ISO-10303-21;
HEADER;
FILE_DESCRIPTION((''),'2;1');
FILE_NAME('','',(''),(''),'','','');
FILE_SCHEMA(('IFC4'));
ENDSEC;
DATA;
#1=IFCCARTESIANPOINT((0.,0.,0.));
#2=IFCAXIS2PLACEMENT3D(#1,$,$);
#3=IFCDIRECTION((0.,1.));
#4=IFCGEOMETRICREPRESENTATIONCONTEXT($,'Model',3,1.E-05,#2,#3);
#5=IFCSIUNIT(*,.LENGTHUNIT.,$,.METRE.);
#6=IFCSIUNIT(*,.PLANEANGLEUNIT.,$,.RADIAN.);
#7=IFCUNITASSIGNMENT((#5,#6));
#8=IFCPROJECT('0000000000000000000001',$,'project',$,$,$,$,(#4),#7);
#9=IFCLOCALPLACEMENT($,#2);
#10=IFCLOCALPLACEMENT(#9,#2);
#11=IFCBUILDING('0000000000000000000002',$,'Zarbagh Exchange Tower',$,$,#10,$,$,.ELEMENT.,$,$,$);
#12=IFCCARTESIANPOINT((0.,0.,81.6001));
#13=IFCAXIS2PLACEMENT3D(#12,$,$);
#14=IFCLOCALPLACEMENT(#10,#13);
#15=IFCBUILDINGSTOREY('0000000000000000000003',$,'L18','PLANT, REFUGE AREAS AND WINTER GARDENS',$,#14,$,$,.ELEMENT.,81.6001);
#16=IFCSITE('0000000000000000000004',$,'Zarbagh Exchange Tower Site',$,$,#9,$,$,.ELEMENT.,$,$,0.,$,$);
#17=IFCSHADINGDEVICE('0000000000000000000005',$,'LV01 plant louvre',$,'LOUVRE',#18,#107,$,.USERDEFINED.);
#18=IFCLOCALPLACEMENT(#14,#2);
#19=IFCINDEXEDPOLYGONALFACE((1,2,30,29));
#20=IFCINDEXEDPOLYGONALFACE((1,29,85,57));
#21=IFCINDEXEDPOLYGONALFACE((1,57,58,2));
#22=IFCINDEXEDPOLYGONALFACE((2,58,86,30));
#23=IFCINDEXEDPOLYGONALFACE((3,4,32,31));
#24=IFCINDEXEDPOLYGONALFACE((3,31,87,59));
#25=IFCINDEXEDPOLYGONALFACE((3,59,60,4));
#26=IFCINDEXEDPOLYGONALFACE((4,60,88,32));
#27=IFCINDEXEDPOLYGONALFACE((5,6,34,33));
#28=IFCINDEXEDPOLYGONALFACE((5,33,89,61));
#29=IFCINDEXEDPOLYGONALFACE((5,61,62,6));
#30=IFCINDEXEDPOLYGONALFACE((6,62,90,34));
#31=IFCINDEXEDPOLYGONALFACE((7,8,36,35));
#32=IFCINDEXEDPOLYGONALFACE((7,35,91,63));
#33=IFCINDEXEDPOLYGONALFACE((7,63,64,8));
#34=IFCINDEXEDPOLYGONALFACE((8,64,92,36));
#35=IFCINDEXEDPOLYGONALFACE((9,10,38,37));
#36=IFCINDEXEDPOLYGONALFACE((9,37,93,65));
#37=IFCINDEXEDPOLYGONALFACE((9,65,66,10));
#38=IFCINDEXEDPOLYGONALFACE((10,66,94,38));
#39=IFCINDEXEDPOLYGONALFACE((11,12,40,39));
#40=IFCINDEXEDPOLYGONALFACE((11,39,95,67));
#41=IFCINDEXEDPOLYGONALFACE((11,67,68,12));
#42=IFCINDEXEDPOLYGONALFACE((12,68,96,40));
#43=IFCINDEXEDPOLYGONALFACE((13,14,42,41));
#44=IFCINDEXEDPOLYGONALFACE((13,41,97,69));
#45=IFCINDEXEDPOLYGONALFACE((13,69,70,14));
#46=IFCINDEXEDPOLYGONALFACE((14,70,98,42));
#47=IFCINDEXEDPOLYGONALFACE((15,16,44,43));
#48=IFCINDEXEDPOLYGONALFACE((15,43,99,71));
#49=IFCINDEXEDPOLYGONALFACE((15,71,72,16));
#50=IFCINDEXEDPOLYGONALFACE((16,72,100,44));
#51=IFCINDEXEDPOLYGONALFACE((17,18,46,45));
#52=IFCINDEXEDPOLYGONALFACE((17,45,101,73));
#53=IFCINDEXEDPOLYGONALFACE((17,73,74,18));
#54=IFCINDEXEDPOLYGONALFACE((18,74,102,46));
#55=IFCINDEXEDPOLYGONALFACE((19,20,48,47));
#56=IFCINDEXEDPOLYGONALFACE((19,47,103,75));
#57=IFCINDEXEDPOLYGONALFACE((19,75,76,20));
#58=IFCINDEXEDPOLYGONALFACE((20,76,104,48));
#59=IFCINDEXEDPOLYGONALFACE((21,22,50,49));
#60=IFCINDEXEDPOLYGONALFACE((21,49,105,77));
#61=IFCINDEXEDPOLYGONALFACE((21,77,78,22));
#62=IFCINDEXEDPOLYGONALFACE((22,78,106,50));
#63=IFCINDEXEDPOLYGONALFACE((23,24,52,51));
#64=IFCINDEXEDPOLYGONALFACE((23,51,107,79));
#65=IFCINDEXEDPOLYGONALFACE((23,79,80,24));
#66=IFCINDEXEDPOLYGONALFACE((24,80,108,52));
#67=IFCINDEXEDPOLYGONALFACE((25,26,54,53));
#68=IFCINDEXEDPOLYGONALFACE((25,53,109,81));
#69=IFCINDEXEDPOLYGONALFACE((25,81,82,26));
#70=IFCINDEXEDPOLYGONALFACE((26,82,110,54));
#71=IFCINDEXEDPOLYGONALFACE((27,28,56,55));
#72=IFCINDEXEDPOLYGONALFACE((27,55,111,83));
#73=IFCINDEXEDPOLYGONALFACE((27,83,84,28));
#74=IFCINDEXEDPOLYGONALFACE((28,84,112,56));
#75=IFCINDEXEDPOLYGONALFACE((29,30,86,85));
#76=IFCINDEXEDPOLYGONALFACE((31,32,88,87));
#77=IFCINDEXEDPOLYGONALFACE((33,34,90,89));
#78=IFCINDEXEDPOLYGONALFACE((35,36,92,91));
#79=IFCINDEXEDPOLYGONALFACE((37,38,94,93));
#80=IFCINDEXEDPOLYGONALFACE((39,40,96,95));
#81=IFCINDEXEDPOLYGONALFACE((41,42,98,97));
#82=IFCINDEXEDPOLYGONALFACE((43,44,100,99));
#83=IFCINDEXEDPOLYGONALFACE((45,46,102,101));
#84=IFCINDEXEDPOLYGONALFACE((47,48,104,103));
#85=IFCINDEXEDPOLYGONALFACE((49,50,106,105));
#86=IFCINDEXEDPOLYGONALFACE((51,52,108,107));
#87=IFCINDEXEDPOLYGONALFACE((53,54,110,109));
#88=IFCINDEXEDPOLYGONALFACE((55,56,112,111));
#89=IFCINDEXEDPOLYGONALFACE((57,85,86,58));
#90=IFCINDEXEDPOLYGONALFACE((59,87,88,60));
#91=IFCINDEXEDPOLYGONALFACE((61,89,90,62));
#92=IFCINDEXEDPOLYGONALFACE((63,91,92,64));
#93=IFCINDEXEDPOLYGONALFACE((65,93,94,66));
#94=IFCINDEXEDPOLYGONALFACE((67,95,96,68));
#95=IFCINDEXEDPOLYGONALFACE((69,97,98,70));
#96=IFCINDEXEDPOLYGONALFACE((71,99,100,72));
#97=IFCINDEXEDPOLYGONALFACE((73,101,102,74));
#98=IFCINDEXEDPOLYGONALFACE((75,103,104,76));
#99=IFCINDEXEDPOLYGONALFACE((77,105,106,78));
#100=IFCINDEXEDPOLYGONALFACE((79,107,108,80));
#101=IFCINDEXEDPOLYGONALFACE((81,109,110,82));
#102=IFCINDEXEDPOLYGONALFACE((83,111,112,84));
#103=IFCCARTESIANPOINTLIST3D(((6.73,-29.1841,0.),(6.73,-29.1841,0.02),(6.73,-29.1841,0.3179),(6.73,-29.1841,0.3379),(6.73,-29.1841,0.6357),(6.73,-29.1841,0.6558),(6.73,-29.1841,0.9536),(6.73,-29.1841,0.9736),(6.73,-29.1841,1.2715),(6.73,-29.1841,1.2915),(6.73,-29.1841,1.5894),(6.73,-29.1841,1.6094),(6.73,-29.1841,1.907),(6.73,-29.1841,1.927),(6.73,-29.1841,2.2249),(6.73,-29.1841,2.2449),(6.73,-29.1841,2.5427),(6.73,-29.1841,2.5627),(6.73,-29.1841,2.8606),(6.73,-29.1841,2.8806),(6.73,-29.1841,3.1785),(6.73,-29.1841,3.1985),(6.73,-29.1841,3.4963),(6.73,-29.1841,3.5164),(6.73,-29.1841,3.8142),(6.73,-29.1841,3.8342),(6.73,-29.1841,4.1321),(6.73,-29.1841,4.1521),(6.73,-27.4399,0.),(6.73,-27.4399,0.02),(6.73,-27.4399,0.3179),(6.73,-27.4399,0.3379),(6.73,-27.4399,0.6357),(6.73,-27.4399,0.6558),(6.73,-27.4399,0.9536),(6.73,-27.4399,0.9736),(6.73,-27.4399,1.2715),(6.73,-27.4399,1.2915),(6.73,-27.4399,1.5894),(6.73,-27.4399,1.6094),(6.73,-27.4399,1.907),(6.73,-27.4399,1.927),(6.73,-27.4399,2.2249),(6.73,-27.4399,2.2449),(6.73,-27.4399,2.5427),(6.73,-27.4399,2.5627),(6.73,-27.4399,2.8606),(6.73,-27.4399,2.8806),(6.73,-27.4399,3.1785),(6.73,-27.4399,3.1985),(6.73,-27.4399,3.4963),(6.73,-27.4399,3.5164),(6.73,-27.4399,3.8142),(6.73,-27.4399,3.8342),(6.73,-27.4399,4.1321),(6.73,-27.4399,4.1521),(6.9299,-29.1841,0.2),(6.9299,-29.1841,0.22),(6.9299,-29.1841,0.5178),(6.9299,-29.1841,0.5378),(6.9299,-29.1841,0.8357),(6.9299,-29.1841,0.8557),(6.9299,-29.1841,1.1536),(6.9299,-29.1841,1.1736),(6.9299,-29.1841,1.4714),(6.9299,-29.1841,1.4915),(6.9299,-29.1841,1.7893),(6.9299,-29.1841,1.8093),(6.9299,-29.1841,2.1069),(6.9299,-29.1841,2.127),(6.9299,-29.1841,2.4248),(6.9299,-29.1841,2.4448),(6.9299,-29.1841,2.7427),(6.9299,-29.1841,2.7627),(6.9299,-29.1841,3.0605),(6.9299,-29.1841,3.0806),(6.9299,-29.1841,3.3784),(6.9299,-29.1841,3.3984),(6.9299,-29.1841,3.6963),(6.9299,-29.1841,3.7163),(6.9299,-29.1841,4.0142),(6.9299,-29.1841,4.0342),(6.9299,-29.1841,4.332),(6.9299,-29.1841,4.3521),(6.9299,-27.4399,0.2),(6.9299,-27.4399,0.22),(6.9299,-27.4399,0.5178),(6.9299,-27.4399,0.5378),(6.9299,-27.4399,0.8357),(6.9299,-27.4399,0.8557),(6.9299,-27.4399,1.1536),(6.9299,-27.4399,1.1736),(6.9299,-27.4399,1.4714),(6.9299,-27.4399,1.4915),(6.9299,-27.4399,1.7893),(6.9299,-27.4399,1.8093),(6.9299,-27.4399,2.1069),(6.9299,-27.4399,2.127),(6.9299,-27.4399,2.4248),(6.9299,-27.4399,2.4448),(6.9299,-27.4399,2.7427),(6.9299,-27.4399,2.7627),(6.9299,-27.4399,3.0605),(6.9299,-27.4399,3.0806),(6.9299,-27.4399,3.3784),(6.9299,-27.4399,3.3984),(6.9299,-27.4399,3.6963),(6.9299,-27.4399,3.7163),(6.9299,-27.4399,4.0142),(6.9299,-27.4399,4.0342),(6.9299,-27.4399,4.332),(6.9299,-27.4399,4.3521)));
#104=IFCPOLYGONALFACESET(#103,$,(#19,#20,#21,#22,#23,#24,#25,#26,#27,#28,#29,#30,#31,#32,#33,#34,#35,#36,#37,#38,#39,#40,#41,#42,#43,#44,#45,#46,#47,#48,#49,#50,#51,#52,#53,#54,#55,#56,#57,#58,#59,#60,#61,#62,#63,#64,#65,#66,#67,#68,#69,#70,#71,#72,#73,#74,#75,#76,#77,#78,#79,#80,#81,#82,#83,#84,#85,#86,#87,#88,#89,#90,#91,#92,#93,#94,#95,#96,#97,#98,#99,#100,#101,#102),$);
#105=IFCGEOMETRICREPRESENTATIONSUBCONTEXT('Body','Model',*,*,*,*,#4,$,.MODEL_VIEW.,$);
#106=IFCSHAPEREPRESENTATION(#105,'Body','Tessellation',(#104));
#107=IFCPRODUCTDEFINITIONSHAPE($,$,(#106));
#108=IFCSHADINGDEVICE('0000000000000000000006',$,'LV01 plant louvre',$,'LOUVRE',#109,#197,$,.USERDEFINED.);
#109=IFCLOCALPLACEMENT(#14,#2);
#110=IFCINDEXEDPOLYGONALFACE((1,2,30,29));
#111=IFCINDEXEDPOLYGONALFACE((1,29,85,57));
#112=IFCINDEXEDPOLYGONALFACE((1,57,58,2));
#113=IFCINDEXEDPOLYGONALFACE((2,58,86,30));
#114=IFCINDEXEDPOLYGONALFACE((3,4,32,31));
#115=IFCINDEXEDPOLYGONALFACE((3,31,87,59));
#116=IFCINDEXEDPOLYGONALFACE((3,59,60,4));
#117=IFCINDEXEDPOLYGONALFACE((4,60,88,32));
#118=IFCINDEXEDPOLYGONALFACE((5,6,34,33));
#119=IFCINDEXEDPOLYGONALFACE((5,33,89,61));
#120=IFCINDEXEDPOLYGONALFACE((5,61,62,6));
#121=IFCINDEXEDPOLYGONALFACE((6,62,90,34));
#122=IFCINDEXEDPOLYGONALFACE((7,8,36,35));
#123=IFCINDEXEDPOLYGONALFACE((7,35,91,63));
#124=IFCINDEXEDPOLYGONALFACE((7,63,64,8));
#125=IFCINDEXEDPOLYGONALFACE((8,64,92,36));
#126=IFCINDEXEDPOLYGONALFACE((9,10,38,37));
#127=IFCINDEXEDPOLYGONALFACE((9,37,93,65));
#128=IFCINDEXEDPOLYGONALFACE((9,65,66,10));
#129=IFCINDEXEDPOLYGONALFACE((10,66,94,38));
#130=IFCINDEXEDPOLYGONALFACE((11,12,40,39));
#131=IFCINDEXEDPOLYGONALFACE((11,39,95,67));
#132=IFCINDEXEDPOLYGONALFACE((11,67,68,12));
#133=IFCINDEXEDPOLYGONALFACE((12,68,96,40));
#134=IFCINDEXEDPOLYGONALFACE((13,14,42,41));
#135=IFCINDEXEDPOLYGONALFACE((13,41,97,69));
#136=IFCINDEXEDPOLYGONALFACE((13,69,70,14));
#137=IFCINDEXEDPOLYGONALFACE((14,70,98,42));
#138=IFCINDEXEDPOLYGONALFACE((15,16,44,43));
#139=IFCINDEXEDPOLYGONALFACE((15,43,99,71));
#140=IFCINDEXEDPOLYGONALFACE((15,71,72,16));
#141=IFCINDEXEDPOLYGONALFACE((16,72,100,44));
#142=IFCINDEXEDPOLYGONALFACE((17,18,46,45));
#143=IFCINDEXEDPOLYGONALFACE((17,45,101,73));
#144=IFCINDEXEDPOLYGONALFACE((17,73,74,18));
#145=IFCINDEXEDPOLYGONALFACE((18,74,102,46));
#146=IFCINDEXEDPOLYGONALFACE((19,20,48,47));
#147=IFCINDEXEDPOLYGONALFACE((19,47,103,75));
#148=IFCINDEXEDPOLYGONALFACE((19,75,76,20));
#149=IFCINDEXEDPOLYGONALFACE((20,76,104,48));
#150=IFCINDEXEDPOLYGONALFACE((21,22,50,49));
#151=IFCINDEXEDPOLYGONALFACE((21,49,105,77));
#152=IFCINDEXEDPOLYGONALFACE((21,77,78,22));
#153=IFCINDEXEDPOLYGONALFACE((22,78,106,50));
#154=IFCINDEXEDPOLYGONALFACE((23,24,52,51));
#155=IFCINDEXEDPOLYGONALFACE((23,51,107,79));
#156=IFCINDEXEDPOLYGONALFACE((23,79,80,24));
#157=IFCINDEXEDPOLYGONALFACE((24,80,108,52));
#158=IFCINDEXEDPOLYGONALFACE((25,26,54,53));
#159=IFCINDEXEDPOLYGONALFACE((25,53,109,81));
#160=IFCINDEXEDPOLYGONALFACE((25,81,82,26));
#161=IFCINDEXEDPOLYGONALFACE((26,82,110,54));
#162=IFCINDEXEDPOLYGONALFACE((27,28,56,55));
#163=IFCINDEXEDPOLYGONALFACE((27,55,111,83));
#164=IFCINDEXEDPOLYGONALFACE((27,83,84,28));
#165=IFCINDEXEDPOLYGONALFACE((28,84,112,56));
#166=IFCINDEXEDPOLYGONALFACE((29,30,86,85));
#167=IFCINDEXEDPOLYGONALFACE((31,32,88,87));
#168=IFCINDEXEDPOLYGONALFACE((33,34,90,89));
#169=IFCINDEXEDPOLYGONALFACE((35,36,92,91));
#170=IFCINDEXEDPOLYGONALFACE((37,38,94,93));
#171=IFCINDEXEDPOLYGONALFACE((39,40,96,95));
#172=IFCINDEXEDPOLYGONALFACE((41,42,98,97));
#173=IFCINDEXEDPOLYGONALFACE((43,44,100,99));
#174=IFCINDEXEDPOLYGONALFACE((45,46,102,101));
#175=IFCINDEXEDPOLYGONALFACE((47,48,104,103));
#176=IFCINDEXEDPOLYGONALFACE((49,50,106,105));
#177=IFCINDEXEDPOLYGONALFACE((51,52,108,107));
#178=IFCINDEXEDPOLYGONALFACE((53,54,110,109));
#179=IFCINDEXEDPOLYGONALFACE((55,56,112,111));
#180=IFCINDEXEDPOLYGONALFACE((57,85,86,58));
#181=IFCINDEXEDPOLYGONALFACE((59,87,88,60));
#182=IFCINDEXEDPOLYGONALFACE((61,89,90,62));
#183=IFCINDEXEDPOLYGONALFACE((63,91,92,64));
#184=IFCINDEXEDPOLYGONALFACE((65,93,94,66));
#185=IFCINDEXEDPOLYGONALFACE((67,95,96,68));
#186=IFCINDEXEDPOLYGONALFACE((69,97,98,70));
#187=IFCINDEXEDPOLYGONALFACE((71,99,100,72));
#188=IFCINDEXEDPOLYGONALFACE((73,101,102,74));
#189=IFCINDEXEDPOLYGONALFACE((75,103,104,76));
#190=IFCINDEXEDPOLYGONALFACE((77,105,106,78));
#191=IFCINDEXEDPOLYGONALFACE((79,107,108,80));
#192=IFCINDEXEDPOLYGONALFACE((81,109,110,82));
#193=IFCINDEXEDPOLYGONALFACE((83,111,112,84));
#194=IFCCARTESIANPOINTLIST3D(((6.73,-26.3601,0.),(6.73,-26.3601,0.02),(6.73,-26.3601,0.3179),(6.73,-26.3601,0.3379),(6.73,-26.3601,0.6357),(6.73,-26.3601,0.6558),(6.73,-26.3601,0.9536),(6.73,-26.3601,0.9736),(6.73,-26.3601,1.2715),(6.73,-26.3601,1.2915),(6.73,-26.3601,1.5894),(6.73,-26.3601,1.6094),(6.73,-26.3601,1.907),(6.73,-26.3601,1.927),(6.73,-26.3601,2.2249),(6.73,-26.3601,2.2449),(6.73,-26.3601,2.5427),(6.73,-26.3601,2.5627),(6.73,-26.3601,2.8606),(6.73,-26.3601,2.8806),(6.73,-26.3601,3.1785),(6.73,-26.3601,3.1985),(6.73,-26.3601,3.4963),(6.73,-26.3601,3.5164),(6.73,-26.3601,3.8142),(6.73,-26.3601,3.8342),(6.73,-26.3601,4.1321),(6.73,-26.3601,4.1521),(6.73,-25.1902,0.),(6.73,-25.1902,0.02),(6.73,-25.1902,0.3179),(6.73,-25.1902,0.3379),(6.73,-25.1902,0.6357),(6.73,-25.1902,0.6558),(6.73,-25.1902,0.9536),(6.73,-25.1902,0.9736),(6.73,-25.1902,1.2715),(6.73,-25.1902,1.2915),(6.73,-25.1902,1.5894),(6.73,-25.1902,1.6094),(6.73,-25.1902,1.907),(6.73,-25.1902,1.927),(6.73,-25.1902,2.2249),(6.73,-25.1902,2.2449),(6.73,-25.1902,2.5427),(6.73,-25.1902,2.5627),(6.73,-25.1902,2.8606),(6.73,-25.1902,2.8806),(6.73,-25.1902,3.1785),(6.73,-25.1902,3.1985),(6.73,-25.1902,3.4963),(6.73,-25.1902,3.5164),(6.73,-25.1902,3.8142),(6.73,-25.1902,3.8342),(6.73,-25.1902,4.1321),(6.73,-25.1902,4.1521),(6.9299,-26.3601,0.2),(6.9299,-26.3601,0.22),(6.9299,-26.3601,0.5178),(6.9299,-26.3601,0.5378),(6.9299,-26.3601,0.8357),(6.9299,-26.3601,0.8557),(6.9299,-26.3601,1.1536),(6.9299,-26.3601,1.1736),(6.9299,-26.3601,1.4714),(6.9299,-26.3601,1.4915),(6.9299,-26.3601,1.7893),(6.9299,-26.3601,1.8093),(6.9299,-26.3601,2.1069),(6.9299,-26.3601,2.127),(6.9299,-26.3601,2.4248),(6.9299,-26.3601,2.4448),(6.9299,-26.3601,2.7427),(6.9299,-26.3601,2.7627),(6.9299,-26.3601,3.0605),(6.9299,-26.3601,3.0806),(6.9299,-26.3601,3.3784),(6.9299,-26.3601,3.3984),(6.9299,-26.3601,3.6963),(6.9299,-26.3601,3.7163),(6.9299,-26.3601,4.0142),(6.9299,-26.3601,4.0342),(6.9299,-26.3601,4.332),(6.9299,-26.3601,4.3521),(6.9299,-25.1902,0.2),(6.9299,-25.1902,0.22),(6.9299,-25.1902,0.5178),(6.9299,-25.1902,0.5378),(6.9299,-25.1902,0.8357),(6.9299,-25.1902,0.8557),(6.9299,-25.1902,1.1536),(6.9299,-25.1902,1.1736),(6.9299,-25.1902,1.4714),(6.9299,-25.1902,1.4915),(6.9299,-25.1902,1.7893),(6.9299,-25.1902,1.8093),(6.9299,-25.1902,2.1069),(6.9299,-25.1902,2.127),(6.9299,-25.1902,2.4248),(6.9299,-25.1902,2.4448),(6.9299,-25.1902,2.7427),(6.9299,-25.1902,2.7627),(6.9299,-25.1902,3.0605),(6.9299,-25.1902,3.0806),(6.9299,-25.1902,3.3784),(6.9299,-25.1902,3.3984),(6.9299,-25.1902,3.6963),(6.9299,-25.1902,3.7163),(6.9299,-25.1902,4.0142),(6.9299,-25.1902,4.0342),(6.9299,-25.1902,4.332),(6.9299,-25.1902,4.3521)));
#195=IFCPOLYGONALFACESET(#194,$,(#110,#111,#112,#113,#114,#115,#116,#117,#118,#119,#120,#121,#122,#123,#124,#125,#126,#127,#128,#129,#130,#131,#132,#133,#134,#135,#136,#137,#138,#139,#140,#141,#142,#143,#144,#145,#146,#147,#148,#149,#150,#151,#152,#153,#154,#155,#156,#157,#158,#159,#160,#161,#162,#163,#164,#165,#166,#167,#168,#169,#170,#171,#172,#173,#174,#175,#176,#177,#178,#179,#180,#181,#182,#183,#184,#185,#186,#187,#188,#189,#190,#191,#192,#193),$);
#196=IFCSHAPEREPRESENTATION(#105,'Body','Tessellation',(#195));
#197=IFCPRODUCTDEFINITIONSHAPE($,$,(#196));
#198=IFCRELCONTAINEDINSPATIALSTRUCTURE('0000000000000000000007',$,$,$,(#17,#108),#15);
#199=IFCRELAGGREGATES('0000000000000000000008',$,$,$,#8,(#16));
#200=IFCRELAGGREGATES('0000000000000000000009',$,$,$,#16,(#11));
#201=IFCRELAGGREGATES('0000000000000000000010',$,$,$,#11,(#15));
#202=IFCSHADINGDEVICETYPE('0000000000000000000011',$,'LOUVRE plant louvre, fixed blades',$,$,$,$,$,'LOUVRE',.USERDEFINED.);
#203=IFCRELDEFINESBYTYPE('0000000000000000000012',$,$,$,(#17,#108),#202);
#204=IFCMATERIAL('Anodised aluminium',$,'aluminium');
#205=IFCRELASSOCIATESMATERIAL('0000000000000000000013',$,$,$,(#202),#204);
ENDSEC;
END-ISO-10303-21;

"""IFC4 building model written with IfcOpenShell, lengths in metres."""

from ifc_helpers import new_model, si_unit, direction, frame, origin, place, context, subcontext, project, spatial, polyline, outline, extrude, source, transform, mapped, material, type_object, element, save


model = new_model("IFC4")

# Units and contexts
model_context = context("Model", 3, precision=1e-05, world=origin(), true_north=direction((0.0, 1.0)))
body_context = subcontext(model_context, "Body", "Model", "MODEL_VIEW")
ifc_project = project(units=[si_unit("LENGTHUNIT", "METRE"), si_unit("PLANEANGLEUNIT", "RADIAN")], contexts=[model_context])

# Site, building, storey
site_placement = place(None, origin())
site = spatial("IfcSite", under=ifc_project, at=site_placement, Name="Zarbagh Exchange Tower Site", CompositionType="ELEMENT", RefElevation=0.0)
building_placement = place(site_placement, origin())
building = spatial("IfcBuilding", under=site, at=building_placement, Name="Zarbagh Exchange Tower", CompositionType="ELEMENT")
storey_placement = place(building_placement, frame((0.0, 0.0, 81.6001)))
storey = spatial("IfcBuildingStorey", under=building, at=storey_placement, Name="L18", Description="PLANT, REFUGE AREAS AND WINTER GARDENS", CompositionType="ELEMENT", Elevation=81.6001)

# Shared definitions
placement = place(storey_placement, origin())

# Shading devices
ifc_material_1 = material(Name="Anodised aluminium", Category="aluminium")
shading_device_type = type_object("IfcShadingDeviceType", Name="LOUVRE plant louvre, fixed blades", ElementType="LOUVRE", PredefinedType="USERDEFINED", material=ifc_material_1)
shared_shape_1 = source(origin(), body_context, "Body", "SweptSolid", [
    extrude(outline(polyline([(0.0, 0.2), (0.2, 0.0), (0.2, -0.02), (0.0, 0.1799), (0.0, 0.2)])), origin(), (0.0, 0.0, 1.0), 1.7441),
])
element("IfcShadingDevice", 1, at=placement, inside=storey, type_object=shading_device_type, Name="LV01 plant louvre", ObjectType="LOUVRE", PredefinedType="USERDEFINED", context=body_context, shape_type="MappedRepresentation", body=[
    mapped(shared_shape_1, transform((6.73, -29.1841, 0.2), x_axis=(1.0, 0.0, 0.0), y_axis=(0.0, 0.0, -1.0), z_axis=(0.0, 1.0, 0.0))),
    mapped(shared_shape_1, transform((6.73, -29.1841, 0.5178), x_axis=(1.0, 0.0, 0.0), y_axis=(0.0, 0.0, -1.0), z_axis=(0.0, 1.0, 0.0))),
    mapped(shared_shape_1, transform((6.73, -29.1841, 0.8357), x_axis=(1.0, 0.0, 0.0), y_axis=(0.0, 0.0, -1.0), z_axis=(0.0, 1.0, 0.0))),
    mapped(shared_shape_1, transform((6.73, -29.1841, 1.1536), x_axis=(1.0, 0.0, 0.0), y_axis=(0.0, 0.0, -1.0), z_axis=(0.0, 1.0, 0.0))),
    mapped(shared_shape_1, transform((6.73, -29.1841, 1.4714), x_axis=(1.0, 0.0, 0.0), y_axis=(0.0, 0.0, -1.0), z_axis=(0.0, 1.0, 0.0))),
    mapped(shared_shape_1, transform((6.73, -29.1841, 1.7893), x_axis=(1.0, 0.0, 0.0), y_axis=(0.0, 0.0, -1.0), z_axis=(0.0, 1.0, 0.0))),
    mapped(shared_shape_1, transform((6.73, -29.1841, 2.1069), x_axis=(1.0, 0.0, 0.0), y_axis=(0.0, 0.0, -1.0), z_axis=(0.0, 1.0, 0.0))),
    mapped(shared_shape_1, transform((6.73, -29.1841, 2.4248), x_axis=(1.0, 0.0, 0.0), y_axis=(0.0, 0.0, -1.0), z_axis=(0.0, 1.0, 0.0))),
    mapped(shared_shape_1, transform((6.73, -29.1841, 2.7427), x_axis=(1.0, 0.0, 0.0), y_axis=(0.0, 0.0, -1.0), z_axis=(0.0, 1.0, 0.0))),
    mapped(shared_shape_1, transform((6.73, -29.1841, 3.0605), x_axis=(1.0, 0.0, 0.0), y_axis=(0.0, 0.0, -1.0), z_axis=(0.0, 1.0, 0.0))),
    mapped(shared_shape_1, transform((6.73, -29.1841, 3.3784), x_axis=(1.0, 0.0, 0.0), y_axis=(0.0, 0.0, -1.0), z_axis=(0.0, 1.0, 0.0))),
    mapped(shared_shape_1, transform((6.73, -29.1841, 3.6963), x_axis=(1.0, 0.0, 0.0), y_axis=(0.0, 0.0, -1.0), z_axis=(0.0, 1.0, 0.0))),
    mapped(shared_shape_1, transform((6.73, -29.1841, 4.0142), x_axis=(1.0, 0.0, 0.0), y_axis=(0.0, 0.0, -1.0), z_axis=(0.0, 1.0, 0.0))),
    mapped(shared_shape_1, transform((6.73, -29.1841, 4.332), x_axis=(1.0, 0.0, 0.0), y_axis=(0.0, 0.0, -1.0), z_axis=(0.0, 1.0, 0.0))),
])
shared_shape_2 = source(origin(), body_context, "Body", "SweptSolid", [
    extrude(outline(polyline([(0.0, 0.2), (0.2, 0.0), (0.2, -0.02), (0.0, 0.1799), (0.0, 0.2)])), origin(), (0.0, 0.0, 1.0), 1.1699),
])
element("IfcShadingDevice", 2, at=placement, inside=storey, type_object=shading_device_type, Name="LV01 plant louvre", ObjectType="LOUVRE", PredefinedType="USERDEFINED", context=body_context, shape_type="MappedRepresentation", body=[
    mapped(shared_shape_2, transform((6.73, -26.3601, 0.2), x_axis=(1.0, 0.0, 0.0), y_axis=(0.0, 0.0, -1.0), z_axis=(0.0, 1.0, 0.0))),
    mapped(shared_shape_2, transform((6.73, -26.3601, 0.5178), x_axis=(1.0, 0.0, 0.0), y_axis=(0.0, 0.0, -1.0), z_axis=(0.0, 1.0, 0.0))),
    mapped(shared_shape_2, transform((6.73, -26.3601, 0.8357), x_axis=(1.0, 0.0, 0.0), y_axis=(0.0, 0.0, -1.0), z_axis=(0.0, 1.0, 0.0))),
    mapped(shared_shape_2, transform((6.73, -26.3601, 1.1536), x_axis=(1.0, 0.0, 0.0), y_axis=(0.0, 0.0, -1.0), z_axis=(0.0, 1.0, 0.0))),
    mapped(shared_shape_2, transform((6.73, -26.3601, 1.4714), x_axis=(1.0, 0.0, 0.0), y_axis=(0.0, 0.0, -1.0), z_axis=(0.0, 1.0, 0.0))),
    mapped(shared_shape_2, transform((6.73, -26.3601, 1.7893), x_axis=(1.0, 0.0, 0.0), y_axis=(0.0, 0.0, -1.0), z_axis=(0.0, 1.0, 0.0))),
    mapped(shared_shape_2, transform((6.73, -26.3601, 2.1069), x_axis=(1.0, 0.0, 0.0), y_axis=(0.0, 0.0, -1.0), z_axis=(0.0, 1.0, 0.0))),
    mapped(shared_shape_2, transform((6.73, -26.3601, 2.4248), x_axis=(1.0, 0.0, 0.0), y_axis=(0.0, 0.0, -1.0), z_axis=(0.0, 1.0, 0.0))),
    mapped(shared_shape_2, transform((6.73, -26.3601, 2.7427), x_axis=(1.0, 0.0, 0.0), y_axis=(0.0, 0.0, -1.0), z_axis=(0.0, 1.0, 0.0))),
    mapped(shared_shape_2, transform((6.73, -26.3601, 3.0605), x_axis=(1.0, 0.0, 0.0), y_axis=(0.0, 0.0, -1.0), z_axis=(0.0, 1.0, 0.0))),
    mapped(shared_shape_2, transform((6.73, -26.3601, 3.3784), x_axis=(1.0, 0.0, 0.0), y_axis=(0.0, 0.0, -1.0), z_axis=(0.0, 1.0, 0.0))),
    mapped(shared_shape_2, transform((6.73, -26.3601, 3.6963), x_axis=(1.0, 0.0, 0.0), y_axis=(0.0, 0.0, -1.0), z_axis=(0.0, 1.0, 0.0))),
    mapped(shared_shape_2, transform((6.73, -26.3601, 4.0142), x_axis=(1.0, 0.0, 0.0), y_axis=(0.0, 0.0, -1.0), z_axis=(0.0, 1.0, 0.0))),
    mapped(shared_shape_2, transform((6.73, -26.3601, 4.332), x_axis=(1.0, 0.0, 0.0), y_axis=(0.0, 0.0, -1.0), z_axis=(0.0, 1.0, 0.0))),
])

save(model, "model.ifc")
